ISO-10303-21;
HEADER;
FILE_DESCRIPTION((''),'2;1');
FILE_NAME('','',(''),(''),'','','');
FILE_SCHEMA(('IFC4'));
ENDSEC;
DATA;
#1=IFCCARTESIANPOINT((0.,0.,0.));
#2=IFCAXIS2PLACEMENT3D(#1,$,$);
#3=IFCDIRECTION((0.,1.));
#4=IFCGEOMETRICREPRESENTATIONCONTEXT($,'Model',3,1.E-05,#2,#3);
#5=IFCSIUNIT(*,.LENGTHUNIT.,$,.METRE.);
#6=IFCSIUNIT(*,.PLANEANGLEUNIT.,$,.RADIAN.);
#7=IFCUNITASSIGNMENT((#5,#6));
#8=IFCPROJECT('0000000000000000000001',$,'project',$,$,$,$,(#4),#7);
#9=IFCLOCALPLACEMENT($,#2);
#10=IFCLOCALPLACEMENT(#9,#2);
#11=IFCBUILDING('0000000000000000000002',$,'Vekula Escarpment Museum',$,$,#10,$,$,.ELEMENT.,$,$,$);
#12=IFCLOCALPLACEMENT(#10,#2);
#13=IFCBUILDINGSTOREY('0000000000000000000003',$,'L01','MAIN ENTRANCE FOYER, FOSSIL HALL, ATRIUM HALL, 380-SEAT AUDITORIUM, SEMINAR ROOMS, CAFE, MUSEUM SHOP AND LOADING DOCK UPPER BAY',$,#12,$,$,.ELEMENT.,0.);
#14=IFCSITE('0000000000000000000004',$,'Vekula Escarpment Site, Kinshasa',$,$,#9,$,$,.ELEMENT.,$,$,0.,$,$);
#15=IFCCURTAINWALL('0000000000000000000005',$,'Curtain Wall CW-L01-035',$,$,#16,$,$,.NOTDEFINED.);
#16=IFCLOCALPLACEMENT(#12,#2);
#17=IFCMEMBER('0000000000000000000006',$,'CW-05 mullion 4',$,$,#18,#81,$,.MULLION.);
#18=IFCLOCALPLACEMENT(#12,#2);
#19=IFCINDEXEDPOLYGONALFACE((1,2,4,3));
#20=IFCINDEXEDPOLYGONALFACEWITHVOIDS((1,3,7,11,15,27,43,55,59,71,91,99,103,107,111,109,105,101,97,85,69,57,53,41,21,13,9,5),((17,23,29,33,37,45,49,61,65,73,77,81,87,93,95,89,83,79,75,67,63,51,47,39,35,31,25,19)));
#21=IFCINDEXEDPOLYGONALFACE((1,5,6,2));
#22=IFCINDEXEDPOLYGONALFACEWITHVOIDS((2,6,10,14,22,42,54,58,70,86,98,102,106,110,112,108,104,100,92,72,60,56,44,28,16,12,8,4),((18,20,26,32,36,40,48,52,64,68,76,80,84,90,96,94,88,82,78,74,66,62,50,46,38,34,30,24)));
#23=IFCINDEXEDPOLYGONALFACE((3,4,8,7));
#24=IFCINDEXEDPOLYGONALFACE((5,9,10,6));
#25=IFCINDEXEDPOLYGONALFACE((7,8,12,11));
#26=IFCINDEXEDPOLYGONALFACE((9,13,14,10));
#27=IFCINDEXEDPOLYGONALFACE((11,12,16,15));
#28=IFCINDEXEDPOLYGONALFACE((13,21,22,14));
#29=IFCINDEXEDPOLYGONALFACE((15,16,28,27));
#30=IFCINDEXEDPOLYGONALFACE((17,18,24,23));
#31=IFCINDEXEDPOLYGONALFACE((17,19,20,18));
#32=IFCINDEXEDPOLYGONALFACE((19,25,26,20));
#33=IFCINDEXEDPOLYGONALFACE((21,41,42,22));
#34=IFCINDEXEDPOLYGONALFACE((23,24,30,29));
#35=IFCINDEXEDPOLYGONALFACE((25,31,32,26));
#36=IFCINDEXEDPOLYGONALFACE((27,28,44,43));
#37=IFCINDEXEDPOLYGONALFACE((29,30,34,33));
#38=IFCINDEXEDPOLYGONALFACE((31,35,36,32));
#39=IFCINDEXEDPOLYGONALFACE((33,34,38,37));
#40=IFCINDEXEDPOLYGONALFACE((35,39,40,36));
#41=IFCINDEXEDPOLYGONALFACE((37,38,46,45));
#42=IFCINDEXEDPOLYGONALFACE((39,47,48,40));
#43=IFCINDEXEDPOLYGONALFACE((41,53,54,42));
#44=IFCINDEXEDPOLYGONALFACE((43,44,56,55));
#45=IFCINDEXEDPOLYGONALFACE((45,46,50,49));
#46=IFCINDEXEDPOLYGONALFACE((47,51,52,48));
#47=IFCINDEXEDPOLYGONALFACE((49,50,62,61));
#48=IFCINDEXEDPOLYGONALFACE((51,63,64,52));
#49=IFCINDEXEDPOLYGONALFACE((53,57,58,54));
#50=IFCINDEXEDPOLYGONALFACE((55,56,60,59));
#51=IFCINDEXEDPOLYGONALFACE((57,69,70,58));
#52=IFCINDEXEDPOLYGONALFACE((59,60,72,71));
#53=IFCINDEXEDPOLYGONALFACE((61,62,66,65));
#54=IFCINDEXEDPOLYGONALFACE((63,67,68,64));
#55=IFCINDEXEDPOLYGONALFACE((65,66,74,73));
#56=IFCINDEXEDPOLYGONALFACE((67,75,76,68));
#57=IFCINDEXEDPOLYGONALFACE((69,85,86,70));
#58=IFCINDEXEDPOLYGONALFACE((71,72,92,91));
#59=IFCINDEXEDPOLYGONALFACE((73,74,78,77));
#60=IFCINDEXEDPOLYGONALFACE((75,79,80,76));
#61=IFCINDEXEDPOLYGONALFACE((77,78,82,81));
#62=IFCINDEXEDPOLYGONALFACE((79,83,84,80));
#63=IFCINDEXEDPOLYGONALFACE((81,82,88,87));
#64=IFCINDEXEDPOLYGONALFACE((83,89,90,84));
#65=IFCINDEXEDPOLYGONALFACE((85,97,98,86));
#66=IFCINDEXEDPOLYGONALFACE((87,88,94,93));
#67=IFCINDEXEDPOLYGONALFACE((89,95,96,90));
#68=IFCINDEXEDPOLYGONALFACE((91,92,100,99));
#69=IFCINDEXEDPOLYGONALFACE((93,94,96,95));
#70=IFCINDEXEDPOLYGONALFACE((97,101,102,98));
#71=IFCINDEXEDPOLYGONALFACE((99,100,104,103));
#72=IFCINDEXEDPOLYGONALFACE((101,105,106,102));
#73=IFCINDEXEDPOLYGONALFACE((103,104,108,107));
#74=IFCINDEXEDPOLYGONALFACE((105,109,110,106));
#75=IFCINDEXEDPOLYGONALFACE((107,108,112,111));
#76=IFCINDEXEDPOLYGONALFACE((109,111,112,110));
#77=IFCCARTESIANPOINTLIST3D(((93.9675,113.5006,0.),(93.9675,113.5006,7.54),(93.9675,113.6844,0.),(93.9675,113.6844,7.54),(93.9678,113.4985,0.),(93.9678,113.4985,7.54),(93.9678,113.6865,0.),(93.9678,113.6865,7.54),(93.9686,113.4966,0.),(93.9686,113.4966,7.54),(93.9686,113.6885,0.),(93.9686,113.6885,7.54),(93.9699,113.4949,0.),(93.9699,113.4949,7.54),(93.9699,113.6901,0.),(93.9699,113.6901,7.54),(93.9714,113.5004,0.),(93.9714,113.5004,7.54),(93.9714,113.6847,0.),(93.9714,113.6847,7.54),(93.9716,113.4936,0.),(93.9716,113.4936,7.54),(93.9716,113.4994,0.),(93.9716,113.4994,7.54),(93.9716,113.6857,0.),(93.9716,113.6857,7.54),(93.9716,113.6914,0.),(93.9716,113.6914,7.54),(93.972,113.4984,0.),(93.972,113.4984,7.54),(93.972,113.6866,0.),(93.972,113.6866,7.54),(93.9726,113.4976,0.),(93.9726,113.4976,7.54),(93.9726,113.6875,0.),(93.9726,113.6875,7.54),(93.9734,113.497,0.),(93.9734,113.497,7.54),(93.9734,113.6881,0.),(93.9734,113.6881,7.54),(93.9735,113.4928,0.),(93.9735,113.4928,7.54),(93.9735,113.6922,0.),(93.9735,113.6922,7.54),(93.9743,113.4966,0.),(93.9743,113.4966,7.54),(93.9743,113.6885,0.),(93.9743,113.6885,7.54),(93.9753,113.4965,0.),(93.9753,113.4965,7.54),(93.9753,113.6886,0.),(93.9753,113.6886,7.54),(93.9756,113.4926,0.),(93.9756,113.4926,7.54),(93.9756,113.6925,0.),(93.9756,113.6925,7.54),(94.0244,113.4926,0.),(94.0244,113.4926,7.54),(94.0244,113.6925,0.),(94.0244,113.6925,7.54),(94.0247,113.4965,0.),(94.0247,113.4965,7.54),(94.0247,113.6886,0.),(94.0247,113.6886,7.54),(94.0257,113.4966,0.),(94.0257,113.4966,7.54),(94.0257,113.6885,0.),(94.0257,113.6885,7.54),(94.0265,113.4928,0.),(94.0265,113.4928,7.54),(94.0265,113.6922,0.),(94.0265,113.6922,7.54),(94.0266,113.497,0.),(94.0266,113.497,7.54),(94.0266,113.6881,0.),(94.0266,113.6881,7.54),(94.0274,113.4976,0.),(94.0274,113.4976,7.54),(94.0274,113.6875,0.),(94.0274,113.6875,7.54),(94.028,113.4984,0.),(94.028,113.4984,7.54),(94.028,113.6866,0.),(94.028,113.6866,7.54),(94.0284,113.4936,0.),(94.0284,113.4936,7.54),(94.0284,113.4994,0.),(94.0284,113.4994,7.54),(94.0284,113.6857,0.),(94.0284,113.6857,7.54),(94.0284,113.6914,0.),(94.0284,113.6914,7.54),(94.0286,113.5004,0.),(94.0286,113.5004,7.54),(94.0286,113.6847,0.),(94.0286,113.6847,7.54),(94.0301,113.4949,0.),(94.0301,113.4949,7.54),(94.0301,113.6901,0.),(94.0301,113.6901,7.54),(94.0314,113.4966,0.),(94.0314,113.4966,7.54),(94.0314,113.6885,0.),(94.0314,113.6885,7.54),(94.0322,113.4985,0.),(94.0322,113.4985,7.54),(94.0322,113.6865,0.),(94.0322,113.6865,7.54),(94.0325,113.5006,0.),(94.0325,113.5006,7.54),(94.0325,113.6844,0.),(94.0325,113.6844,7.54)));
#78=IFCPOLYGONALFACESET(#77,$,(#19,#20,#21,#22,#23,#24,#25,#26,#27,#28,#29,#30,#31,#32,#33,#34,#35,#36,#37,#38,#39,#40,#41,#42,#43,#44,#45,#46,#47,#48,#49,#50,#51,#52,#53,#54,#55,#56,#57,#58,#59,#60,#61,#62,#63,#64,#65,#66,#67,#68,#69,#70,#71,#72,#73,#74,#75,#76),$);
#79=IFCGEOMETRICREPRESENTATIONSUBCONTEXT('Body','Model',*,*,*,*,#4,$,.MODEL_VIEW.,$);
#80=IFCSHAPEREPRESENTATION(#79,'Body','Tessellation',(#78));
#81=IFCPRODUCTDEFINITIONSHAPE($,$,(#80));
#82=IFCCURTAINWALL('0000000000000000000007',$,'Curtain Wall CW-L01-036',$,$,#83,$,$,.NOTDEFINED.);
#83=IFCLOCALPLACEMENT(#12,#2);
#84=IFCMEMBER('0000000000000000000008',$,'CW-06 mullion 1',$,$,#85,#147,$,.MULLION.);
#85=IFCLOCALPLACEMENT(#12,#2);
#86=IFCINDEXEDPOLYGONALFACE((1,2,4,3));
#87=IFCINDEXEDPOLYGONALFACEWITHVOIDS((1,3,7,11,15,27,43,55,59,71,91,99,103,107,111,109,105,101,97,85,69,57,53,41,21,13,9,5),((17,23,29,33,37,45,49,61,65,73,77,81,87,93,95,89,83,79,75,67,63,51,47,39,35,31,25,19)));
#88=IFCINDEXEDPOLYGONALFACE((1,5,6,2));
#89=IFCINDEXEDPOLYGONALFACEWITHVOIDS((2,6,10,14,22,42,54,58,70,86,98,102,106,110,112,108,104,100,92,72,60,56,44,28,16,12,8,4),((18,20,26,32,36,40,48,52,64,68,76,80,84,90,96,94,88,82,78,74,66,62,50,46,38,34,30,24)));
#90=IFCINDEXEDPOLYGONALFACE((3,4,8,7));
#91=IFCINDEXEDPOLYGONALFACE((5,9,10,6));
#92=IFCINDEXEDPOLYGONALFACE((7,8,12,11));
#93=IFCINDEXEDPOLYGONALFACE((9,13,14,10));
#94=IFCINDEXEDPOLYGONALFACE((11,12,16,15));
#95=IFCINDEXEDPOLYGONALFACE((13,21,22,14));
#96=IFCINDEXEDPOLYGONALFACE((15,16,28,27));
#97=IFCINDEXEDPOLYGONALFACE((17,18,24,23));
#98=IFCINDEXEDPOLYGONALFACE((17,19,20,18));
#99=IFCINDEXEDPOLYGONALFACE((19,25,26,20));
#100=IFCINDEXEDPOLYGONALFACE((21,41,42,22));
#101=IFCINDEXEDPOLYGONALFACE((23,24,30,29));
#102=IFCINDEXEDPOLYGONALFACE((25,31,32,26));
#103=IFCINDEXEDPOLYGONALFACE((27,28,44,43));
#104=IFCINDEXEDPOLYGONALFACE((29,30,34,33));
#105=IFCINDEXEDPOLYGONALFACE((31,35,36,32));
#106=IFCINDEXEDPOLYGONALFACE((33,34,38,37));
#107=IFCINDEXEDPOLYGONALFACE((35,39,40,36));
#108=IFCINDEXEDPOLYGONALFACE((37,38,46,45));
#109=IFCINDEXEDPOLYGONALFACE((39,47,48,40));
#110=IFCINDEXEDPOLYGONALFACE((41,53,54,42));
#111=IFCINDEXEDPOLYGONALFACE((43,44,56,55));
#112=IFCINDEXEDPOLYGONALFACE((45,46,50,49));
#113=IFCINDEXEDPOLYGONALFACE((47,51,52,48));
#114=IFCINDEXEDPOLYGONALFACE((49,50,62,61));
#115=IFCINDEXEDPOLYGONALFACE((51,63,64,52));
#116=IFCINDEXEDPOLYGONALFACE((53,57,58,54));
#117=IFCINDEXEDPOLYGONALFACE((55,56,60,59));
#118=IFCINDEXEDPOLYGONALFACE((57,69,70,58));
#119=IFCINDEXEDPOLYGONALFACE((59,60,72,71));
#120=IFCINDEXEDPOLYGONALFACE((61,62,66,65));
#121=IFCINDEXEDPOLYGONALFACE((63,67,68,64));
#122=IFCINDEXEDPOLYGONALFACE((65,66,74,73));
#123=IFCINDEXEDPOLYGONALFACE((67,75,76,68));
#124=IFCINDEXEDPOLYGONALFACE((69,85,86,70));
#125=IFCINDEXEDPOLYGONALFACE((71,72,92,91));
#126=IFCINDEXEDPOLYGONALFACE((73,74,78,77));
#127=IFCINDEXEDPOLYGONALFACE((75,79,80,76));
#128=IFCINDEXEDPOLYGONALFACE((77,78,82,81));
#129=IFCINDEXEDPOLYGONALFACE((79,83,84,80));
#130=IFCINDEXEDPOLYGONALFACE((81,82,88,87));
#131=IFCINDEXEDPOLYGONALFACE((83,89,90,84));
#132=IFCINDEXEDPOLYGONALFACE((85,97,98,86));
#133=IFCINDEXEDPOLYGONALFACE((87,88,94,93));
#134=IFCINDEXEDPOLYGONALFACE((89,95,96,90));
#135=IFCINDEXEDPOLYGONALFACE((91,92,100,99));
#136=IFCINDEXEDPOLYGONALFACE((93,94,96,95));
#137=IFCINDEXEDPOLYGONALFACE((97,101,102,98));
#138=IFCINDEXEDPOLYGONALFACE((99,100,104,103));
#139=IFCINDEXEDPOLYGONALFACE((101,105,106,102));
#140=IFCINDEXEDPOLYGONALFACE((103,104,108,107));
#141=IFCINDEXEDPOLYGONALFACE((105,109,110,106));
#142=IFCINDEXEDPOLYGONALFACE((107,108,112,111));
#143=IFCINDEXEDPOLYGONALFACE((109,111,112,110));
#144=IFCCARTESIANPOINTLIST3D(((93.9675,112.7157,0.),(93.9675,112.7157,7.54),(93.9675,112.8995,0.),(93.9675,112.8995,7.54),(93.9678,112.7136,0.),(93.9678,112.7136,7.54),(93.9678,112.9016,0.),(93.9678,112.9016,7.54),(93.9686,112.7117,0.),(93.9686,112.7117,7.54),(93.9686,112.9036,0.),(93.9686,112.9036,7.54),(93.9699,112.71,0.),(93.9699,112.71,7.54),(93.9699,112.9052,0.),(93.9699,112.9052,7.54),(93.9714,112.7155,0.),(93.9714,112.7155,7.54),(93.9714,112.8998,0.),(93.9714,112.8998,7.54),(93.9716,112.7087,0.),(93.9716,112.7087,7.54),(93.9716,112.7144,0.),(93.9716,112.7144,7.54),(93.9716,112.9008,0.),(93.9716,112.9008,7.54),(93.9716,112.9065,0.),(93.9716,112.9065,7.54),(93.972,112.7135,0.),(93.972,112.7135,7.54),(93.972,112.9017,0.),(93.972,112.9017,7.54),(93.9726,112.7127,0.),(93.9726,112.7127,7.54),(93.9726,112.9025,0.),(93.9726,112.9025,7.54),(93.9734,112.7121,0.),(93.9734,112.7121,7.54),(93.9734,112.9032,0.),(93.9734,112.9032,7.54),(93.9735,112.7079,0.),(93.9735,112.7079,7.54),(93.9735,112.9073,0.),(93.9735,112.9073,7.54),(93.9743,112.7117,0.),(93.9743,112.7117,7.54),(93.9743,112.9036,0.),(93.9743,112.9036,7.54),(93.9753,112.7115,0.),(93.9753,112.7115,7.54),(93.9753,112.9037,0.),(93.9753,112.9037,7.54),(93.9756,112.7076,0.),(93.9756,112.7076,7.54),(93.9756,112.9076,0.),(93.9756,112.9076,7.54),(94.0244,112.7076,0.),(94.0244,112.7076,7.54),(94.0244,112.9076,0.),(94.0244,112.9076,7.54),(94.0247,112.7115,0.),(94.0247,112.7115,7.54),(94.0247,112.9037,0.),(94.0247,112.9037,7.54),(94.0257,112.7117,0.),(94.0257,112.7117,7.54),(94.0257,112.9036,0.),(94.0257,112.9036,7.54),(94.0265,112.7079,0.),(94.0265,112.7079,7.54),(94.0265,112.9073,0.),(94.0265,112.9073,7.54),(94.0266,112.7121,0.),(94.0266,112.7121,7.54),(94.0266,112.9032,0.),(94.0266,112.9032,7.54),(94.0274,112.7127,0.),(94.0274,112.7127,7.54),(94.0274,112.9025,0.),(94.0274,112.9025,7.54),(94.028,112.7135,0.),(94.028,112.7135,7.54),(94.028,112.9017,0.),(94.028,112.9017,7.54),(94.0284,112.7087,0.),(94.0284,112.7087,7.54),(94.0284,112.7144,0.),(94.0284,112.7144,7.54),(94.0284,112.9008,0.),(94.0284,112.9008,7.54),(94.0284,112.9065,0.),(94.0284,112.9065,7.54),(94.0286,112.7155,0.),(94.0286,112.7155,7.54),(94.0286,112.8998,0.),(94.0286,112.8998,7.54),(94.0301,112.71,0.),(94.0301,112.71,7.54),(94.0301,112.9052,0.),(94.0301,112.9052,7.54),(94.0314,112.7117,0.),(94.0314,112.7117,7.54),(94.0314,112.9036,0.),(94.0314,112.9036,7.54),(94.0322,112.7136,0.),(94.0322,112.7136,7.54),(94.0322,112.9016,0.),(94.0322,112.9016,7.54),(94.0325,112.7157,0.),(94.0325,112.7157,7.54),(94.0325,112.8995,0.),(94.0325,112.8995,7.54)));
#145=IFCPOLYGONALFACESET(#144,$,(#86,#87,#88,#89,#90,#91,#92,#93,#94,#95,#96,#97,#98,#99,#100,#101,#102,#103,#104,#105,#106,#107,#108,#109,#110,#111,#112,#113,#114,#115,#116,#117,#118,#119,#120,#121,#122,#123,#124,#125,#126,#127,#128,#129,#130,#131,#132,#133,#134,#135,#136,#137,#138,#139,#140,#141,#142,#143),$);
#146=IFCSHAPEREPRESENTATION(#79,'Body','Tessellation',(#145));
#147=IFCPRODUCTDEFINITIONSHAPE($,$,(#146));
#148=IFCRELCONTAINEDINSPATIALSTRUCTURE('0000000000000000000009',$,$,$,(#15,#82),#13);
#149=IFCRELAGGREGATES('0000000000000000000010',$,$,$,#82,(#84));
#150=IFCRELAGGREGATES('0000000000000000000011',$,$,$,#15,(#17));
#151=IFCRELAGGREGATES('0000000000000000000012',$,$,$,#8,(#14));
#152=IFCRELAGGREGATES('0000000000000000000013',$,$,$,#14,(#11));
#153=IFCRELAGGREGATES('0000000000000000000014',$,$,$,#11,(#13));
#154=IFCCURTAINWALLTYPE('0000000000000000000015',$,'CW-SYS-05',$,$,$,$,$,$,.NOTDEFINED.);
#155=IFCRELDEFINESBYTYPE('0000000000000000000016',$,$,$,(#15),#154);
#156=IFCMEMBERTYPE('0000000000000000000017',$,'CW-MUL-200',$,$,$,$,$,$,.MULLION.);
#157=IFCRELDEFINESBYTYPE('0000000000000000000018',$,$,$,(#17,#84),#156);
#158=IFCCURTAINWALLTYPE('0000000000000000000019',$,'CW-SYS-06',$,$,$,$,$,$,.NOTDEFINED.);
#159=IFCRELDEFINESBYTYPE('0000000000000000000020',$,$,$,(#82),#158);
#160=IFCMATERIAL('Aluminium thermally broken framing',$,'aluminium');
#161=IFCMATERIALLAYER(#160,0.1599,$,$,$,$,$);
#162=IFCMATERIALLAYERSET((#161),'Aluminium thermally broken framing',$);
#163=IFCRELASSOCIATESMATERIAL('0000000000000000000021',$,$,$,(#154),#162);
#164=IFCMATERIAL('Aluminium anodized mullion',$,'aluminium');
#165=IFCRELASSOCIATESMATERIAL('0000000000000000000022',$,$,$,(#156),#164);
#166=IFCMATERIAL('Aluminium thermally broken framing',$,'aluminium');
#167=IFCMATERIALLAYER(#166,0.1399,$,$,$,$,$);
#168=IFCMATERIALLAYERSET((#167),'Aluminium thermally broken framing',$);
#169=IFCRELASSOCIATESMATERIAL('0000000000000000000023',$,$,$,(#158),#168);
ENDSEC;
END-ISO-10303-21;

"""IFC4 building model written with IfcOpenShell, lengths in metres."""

from ifc_helpers import new_model, si_unit, direction, frame, origin, origin_2d, place, context, subcontext, project, spatial, hollow_rectangle, extrude, material, layer, layer_set, material_profile, profile_set, type_object, element, aggregate, save


model = new_model("IFC4")

# Units and contexts
model_context = context("Model", 3, precision=1e-05, world=origin(), true_north=direction((0.0, 1.0)))
body_context = subcontext(model_context, "Body", "Model", "MODEL_VIEW")
ifc_project = project(units=[si_unit("LENGTHUNIT", "METRE"), si_unit("PLANEANGLEUNIT", "RADIAN")], contexts=[model_context])

# Site, building, storey
site_placement = place(None, origin())
site = spatial("IfcSite", under=ifc_project, at=site_placement, Name="Vekula Escarpment Site, Kinshasa", CompositionType="ELEMENT", RefElevation=0.0)
building_placement = place(site_placement, origin())
building = spatial("IfcBuilding", under=site, at=building_placement, Name="Vekula Escarpment Museum", CompositionType="ELEMENT")
storey_placement = place(building_placement, origin())
storey = spatial("IfcBuildingStorey", under=building, at=storey_placement, Name="L01", Description="MAIN ENTRANCE FOYER, FOSSIL HALL, ATRIUM HALL, 380-SEAT AUDITORIUM, SEMINAR ROOMS, CAFE, MUSEUM SHOP AND LOADING DOCK UPPER BAY", CompositionType="ELEMENT", Elevation=0.0)

# Curtain wall, member
ifc_material_1 = material(Name="Aluminium thermally broken framing", Category="aluminium")
ifc_layer_1 = layer(ifc_material_1, 0.1599)
ifc_layer_set_1 = layer_set([ifc_layer_1], Name="Aluminium thermally broken framing")
curtain_wall_type_1 = type_object("IfcCurtainWallType", Name="CW-SYS-05", PredefinedType="NOTDEFINED", material=ifc_layer_set_1)
curtain_wall_1_placement = place(storey_placement, origin())
curtain_wall_1 = element("IfcCurtainWall", 1, at=curtain_wall_1_placement, inside=storey, type_object=curtain_wall_type_1, Name="Curtain Wall CW-L01-035", PredefinedType="NOTDEFINED")
ifc_material_2 = material(Name="Aluminium anodized mullion", Category="aluminium")
ifc_material_profile_1 = material_profile(ifc_material_2, hollow_rectangle(XDim=0.0649, YDim=0.2, WallThickness=0.0039, InnerFilletRadius=0.0039, OuterFilletRadius=0.0081, at=origin_2d()), Name="ALU 200x65x4")
ifc_profile_set_1 = profile_set([ifc_material_profile_1], Name="Aluminium anodized mullion")
member_type_1 = type_object("IfcMemberType", Name="CW-MUL-200", PredefinedType="MULLION", material=ifc_profile_set_1)
member_1_placement = place(storey_placement, frame((94.0, 113.5925, 0.0), z_axis=(0.0, 0.0, 1.0), x_axis=(1.0, 0.0, 0.0)))
member_1 = element("IfcMember", 2, at=member_1_placement, type_object=member_type_1, Name="CW-05 mullion 4", PredefinedType="MULLION", context=body_context, shape_type="SweptSolid", body=[
    extrude(hollow_rectangle(XDim=0.0649, YDim=0.2, WallThickness=0.0039, InnerFilletRadius=0.0039, OuterFilletRadius=0.0081, at=origin_2d()), origin(), (0.0, 0.0, 1.0), 7.54),
])

# Curtain wall, member
ifc_material_3 = material(Name="Aluminium thermally broken framing", Category="aluminium")
ifc_layer_2 = layer(ifc_material_3, 0.1399)
ifc_layer_set_2 = layer_set([ifc_layer_2], Name="Aluminium thermally broken framing")
curtain_wall_type_2 = type_object("IfcCurtainWallType", Name="CW-SYS-06", PredefinedType="NOTDEFINED", material=ifc_layer_set_2)
curtain_wall_2_placement = place(storey_placement, origin())
curtain_wall_2 = element("IfcCurtainWall", 3, at=curtain_wall_2_placement, inside=storey, type_object=curtain_wall_type_2, Name="Curtain Wall CW-L01-036", PredefinedType="NOTDEFINED")
member_2_placement = place(storey_placement, frame((94.0, 112.8076, 0.0), z_axis=(0.0, 0.0, 1.0), x_axis=(1.0, 0.0, 0.0)))
member_2 = element("IfcMember", 4, at=member_2_placement, type_object=member_type_1, Name="CW-06 mullion 1", PredefinedType="MULLION", context=body_context, shape_type="SweptSolid", body=[
    extrude(hollow_rectangle(XDim=0.0649, YDim=0.2, WallThickness=0.0039, InnerFilletRadius=0.0039, OuterFilletRadius=0.0081, at=origin_2d()), origin(), (0.0, 0.0, 1.0), 7.54),
])

aggregate(curtain_wall_2, [member_2])
aggregate(curtain_wall_1, [member_1])

save(model, "model.ifc")
